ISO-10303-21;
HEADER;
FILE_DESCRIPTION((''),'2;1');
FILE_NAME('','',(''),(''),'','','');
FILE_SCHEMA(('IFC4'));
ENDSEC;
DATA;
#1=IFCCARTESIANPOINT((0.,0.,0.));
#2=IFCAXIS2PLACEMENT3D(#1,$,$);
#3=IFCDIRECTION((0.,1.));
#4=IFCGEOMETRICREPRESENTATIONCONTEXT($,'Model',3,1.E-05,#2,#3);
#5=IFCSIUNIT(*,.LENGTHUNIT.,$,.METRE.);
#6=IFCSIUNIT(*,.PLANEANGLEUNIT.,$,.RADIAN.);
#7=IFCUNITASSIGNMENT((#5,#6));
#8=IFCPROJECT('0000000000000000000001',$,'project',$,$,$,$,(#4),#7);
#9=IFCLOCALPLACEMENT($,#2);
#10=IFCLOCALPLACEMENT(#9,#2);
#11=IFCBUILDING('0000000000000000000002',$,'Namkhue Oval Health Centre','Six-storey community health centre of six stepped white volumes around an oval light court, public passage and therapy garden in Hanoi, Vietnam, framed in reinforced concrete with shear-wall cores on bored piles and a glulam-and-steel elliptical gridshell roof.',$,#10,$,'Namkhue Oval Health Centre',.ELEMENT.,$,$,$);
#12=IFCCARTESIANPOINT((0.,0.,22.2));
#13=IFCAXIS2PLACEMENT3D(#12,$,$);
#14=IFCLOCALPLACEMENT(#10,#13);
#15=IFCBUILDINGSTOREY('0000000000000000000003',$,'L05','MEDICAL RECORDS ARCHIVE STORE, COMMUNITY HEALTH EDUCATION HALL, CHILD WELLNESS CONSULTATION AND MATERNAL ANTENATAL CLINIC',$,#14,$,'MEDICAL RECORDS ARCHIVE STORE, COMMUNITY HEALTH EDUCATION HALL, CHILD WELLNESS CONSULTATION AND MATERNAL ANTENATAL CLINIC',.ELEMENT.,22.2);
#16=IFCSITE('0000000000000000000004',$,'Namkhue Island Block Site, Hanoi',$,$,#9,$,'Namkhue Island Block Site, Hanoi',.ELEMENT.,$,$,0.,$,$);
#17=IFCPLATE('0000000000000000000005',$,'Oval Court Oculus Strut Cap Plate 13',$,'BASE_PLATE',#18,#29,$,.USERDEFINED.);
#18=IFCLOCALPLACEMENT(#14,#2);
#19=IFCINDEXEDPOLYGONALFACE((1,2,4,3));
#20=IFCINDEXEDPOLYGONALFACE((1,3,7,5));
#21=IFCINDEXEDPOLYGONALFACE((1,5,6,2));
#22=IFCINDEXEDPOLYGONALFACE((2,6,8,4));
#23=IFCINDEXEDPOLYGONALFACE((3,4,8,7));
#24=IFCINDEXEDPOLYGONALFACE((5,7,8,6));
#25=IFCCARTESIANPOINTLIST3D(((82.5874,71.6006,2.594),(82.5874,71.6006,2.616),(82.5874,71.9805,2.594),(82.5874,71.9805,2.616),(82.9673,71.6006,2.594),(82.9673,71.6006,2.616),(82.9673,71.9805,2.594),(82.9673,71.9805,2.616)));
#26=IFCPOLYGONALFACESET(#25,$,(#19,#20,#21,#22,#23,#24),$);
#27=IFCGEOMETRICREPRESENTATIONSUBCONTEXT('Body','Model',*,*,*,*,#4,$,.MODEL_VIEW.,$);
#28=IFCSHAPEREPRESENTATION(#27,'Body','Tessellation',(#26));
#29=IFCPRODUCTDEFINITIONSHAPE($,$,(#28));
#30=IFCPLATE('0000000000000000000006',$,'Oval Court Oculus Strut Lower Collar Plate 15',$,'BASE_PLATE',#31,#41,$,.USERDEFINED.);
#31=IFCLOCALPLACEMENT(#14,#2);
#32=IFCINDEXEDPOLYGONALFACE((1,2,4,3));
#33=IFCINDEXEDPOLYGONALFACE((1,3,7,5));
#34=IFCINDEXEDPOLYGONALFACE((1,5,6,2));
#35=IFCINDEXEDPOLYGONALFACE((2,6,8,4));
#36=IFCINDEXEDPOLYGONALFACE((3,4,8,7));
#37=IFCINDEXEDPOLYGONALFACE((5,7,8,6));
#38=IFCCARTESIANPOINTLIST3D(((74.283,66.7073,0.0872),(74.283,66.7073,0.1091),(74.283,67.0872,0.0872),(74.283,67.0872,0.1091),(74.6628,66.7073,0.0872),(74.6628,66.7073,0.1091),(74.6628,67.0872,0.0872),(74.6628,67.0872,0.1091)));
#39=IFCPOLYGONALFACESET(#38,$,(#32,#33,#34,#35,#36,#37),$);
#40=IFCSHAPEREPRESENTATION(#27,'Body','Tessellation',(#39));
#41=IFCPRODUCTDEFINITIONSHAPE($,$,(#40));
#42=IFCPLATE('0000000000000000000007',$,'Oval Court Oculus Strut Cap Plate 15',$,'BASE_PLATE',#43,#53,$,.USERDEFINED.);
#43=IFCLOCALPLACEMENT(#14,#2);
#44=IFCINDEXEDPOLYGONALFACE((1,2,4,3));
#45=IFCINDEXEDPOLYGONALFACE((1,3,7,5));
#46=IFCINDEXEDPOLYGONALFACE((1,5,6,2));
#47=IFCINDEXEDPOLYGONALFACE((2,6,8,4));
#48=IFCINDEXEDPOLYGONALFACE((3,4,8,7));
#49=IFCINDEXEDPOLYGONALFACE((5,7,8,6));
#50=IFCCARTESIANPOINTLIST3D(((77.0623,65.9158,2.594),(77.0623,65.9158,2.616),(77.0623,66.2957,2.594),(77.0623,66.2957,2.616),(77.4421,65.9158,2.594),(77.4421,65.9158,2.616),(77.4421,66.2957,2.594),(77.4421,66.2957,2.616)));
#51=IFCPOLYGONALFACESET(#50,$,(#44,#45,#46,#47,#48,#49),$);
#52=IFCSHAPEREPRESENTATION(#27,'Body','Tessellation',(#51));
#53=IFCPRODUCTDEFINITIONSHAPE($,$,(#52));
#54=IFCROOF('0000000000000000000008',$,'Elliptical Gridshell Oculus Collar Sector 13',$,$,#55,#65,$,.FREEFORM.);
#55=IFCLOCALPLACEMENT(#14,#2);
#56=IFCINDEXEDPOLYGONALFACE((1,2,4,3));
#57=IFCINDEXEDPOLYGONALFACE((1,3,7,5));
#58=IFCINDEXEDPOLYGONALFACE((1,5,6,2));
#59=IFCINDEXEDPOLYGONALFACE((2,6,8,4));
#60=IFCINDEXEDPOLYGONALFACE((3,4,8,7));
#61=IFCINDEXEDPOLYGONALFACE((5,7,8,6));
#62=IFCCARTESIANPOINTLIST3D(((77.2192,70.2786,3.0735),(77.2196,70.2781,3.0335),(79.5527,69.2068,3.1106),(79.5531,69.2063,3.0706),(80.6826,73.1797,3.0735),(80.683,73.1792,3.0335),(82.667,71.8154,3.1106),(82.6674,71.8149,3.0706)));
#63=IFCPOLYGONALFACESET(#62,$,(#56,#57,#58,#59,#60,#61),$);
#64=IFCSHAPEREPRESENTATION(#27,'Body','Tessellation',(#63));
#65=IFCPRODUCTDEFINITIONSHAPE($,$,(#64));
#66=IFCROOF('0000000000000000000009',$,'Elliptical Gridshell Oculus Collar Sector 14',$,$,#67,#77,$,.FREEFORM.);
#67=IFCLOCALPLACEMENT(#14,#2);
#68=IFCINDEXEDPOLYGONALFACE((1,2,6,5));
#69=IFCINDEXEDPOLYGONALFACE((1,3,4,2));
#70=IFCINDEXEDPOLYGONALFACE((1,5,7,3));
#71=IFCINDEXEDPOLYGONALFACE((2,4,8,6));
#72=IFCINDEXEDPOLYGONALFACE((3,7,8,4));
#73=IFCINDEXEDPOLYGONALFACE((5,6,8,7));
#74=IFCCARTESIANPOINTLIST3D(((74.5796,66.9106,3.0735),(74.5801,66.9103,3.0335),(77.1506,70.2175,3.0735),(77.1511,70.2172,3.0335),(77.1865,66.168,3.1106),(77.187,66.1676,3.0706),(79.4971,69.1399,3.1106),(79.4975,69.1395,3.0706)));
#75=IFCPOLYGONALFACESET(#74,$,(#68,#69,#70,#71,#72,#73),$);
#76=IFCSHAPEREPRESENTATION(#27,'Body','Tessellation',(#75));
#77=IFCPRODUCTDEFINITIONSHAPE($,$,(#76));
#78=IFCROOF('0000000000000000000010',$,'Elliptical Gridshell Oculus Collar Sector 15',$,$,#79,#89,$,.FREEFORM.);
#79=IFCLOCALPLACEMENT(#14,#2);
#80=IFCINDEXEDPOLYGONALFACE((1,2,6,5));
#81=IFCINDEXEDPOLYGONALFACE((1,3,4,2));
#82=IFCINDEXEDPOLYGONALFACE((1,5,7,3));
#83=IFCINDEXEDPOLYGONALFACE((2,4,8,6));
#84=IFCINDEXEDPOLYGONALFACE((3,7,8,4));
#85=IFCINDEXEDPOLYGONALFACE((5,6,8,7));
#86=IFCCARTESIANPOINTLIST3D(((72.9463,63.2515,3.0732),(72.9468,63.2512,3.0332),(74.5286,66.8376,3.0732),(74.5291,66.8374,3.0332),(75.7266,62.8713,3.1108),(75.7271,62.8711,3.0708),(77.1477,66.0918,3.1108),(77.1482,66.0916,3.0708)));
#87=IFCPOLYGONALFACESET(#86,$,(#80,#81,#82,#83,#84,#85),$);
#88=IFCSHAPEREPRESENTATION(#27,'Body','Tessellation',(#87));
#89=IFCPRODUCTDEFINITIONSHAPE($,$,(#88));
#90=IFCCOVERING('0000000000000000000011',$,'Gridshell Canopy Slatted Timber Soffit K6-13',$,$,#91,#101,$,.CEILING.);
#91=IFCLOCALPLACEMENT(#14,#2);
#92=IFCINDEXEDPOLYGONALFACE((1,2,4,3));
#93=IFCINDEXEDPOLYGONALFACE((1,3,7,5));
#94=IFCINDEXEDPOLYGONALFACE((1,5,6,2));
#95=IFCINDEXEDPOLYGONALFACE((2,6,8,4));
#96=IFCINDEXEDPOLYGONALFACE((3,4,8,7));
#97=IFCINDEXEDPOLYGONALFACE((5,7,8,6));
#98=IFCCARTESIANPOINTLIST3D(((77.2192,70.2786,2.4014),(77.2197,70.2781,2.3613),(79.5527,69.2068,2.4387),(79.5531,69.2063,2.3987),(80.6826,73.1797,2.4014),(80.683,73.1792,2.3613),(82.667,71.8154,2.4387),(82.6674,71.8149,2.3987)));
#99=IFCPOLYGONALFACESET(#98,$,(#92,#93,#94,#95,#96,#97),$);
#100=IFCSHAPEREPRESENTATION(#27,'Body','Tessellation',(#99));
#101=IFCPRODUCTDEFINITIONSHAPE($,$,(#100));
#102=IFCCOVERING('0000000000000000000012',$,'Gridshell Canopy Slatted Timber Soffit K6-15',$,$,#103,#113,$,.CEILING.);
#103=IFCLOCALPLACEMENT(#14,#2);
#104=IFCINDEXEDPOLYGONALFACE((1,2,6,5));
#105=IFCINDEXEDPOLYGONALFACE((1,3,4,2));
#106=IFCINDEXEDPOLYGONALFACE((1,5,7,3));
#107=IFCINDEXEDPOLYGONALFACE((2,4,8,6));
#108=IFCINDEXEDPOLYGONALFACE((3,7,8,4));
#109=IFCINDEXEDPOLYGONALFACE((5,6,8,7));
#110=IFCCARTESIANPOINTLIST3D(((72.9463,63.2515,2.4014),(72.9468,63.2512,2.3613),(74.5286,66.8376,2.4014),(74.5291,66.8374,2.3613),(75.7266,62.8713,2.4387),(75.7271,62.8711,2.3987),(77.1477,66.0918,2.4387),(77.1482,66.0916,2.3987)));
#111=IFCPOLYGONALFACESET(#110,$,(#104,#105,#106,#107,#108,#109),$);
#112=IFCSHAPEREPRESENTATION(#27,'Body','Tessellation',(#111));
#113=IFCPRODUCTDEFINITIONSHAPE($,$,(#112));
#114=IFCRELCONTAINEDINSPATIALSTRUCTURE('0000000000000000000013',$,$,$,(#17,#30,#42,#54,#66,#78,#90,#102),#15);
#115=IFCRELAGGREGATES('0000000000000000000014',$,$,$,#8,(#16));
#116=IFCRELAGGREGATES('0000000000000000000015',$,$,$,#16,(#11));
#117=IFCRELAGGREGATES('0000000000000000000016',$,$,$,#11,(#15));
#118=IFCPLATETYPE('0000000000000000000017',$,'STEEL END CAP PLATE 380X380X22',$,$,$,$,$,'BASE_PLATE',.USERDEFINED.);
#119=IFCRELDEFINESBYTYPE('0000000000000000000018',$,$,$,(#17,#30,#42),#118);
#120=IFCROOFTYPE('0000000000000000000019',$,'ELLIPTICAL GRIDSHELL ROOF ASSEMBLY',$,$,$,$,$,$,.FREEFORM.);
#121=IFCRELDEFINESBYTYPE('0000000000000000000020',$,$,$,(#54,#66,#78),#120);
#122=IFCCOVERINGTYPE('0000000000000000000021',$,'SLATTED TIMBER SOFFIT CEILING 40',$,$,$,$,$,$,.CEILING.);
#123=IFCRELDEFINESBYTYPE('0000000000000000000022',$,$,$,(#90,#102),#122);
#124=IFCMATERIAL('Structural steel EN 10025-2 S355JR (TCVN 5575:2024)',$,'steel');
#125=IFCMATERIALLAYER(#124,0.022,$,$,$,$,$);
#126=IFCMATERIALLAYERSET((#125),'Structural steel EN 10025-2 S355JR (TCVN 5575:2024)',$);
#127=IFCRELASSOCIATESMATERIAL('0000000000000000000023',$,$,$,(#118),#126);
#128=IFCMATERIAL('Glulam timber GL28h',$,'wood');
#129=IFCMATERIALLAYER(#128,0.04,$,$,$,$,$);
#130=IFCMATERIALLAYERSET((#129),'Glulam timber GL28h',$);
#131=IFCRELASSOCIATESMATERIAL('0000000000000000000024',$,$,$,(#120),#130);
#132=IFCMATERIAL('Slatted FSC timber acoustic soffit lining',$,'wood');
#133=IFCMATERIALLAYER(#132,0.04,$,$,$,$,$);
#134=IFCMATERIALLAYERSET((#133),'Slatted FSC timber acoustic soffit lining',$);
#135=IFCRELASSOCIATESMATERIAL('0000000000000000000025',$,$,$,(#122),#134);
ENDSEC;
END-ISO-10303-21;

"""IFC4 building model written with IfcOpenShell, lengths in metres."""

from ifc_helpers import new_model, si_unit, direction, frame, origin, origin_2d, place, context, subcontext, project, spatial, polyline, rectangle, outline, extrude, material, layer, layer_set, type_object, element, save


model = new_model("IFC4")

# Units and contexts
model_context = context("Model", 3, precision=1e-05, world=origin(), true_north=direction((0.0, 1.0)))
body_context = subcontext(model_context, "Body", "Model", "MODEL_VIEW")
ifc_project = project(units=[si_unit("LENGTHUNIT", "METRE"), si_unit("PLANEANGLEUNIT", "RADIAN")], contexts=[model_context])

# Site, building, storey
site_placement = place(None, origin())
site = spatial("IfcSite", under=ifc_project, at=site_placement, Name="Namkhue Island Block Site, Hanoi", LongName="Namkhue Island Block Site, Hanoi", CompositionType="ELEMENT", RefElevation=0.0)
building_placement = place(site_placement, origin())
building = spatial("IfcBuilding", under=site, at=building_placement, Name="Namkhue Oval Health Centre", Description="Six-storey community health centre of six stepped white volumes around an oval light court, public passage and therapy garden in Hanoi, Vietnam, framed in reinforced concrete with shear-wall cores on bored piles and a glulam-and-steel elliptical gridshell roof.", LongName="Namkhue Oval Health Centre", CompositionType="ELEMENT")
storey_placement = place(building_placement, frame((0.0, 0.0, 22.2)))
storey = spatial("IfcBuildingStorey", under=building, at=storey_placement, Name="L05", Description="MEDICAL RECORDS ARCHIVE STORE, COMMUNITY HEALTH EDUCATION HALL, CHILD WELLNESS CONSULTATION AND MATERNAL ANTENATAL CLINIC", LongName="MEDICAL RECORDS ARCHIVE STORE, COMMUNITY HEALTH EDUCATION HALL, CHILD WELLNESS CONSULTATION AND MATERNAL ANTENATAL CLINIC", CompositionType="ELEMENT", Elevation=22.2)

# Shared definitions
ifc_material_1 = material(Name="Structural steel EN 10025-2 S355JR (TCVN 5575:2024)", Category="steel")
ifc_material_2 = material(Name="Glulam timber GL28h", Category="wood")

# Plates
ifc_layer_1 = layer(ifc_material_1, 0.022)
ifc_layer_set_1 = layer_set([ifc_layer_1], Name="Structural steel EN 10025-2 S355JR (TCVN 5575:2024)")
plate_type_1 = type_object("IfcPlateType", Name="STEEL END CAP PLATE 380X380X22", ElementType="BASE_PLATE", PredefinedType="USERDEFINED", material=ifc_layer_set_1)
for number, where, z_axis, x_axis, name in (
    (1, (82.7773, 71.7905, 2.594), (0.0, 0.0, 1.0), (1.0, 0.0, 0.0), "Oval Court Oculus Strut Cap Plate 13"),
    (2, (74.4729, 66.8972, 0.0872), (0.0, 0.0, 1.0), (1.0, 0.0, 0.0), "Oval Court Oculus Strut Lower Collar Plate 15"),
    (3, (77.2522, 66.1057, 2.594), (0.0, 0.0, 1.0), (1.0, 0.0, 0.0), "Oval Court Oculus Strut Cap Plate 15"),
):
    element("IfcPlate", number, at=place(storey_placement, frame(where, z_axis=z_axis, x_axis=x_axis)), inside=storey, type_object=plate_type_1, Name=name, ObjectType="BASE_PLATE", PredefinedType="USERDEFINED", context=body_context, shape_type="SweptSolid", body=[
        extrude(rectangle(XDim=0.3799, YDim=0.3799, at=origin_2d()), origin(), (0.0, 0.0, 1.0), 0.022),
    ])

# Roofs
ifc_layer_2 = layer(ifc_material_2, 0.04)
ifc_layer_set_2 = layer_set([ifc_layer_2], Name="Glulam timber GL28h")
roof_type = type_object("IfcRoofType", Name="ELLIPTICAL GRIDSHELL ROOF ASSEMBLY", PredefinedType="FREEFORM", material=ifc_layer_set_2)
roof_1_placement = place(storey_placement, frame((80.6826, 73.1797, 3.0735), z_axis=(-0.01027, 0.01226, 0.999872), x_axis=(-0.766589, -0.642138, 0.0)))
element("IfcRoof", 4, at=roof_1_placement, inside=storey, type_object=roof_type, Name="Elliptical Gridshell Oculus Collar Sector 13", PredefinedType="FREEFORM", context=body_context, shape_type="SweptSolid", body=[
    extrude(outline(polyline([(0.0, 0.0), (4.5179, 0.0), (3.4173, 2.3203), (-0.6452, 2.3204), (0.0, 0.0)])), origin(), (0.0, 0.0, -1.0), 0.04),
])
roof_2_placement = place(storey_placement, frame((77.1506, 70.2175, 3.0735), z_axis=(-0.011653, 0.00906, 0.999891), x_axis=(-0.613795, -0.789465, 0.0)))
element("IfcRoof", 5, at=roof_2_placement, inside=storey, type_object=roof_type, Name="Elliptical Gridshell Oculus Collar Sector 14", PredefinedType="FREEFORM", context=body_context, shape_type="SweptSolid", body=[
    extrude(outline(polyline([(0.0, 0.0), (4.1888, 0.0), (3.175, 2.5142), (-0.5895, 2.5142), (0.0, 0.0)])), origin(), (0.0, 0.0, -1.0), 0.04),
])
roof_3_placement = place(storey_placement, frame((74.5286, 66.8376, 3.0732), z_axis=(-0.012752, 0.005627, 0.999903), x_axis=(-0.403669, -0.914905, 0.0)))
element("IfcRoof", 6, at=roof_3_placement, inside=storey, type_object=roof_type, Name="Elliptical Gridshell Oculus Collar Sector 15", PredefinedType="FREEFORM", context=body_context, shape_type="SweptSolid", body=[
    extrude(outline(polyline([(0.0, 0.0), (3.9197, 0.0), (3.1452, 2.6974), (-0.3749, 2.6976), (0.0, 0.0)])), origin(), (0.0, 0.0, -1.0), 0.04),
])

# Coverings
ifc_material_3 = material(Name="Slatted FSC timber acoustic soffit lining", Category="wood")
ifc_layer_3 = layer(ifc_material_3, 0.04)
ifc_layer_set_3 = layer_set([ifc_layer_3], Name="Slatted FSC timber acoustic soffit lining")
covering_type = type_object("IfcCoveringType", Name="SLATTED TIMBER SOFFIT CEILING 40", PredefinedType="CEILING", material=ifc_layer_set_3)
covering_1_placement = place(storey_placement, frame((80.6826, 73.1797, 2.4014), z_axis=(-0.010337, 0.012341, 0.99987), x_axis=(-0.766589, -0.642138, 0.0)))
element("IfcCovering", 7, at=covering_1_placement, inside=storey, type_object=covering_type, Name="Gridshell Canopy Slatted Timber Soffit K6-13", PredefinedType="CEILING", context=body_context, shape_type="SweptSolid", body=[
    extrude(outline(polyline([(0.0, 0.0), (4.5179, 0.0), (3.4173, 2.3203), (-0.6452, 2.3204), (0.0, 0.0)])), origin(), (0.0, 0.0, -1.0), 0.04),
])
covering_2_placement = place(storey_placement, frame((74.5286, 66.8376, 2.4014), z_axis=(-0.012669, 0.00559, 0.999904), x_axis=(-0.403669, -0.914905, 0.0)))
element("IfcCovering", 8, at=covering_2_placement, inside=storey, type_object=covering_type, Name="Gridshell Canopy Slatted Timber Soffit K6-15", PredefinedType="CEILING", context=body_context, shape_type="SweptSolid", body=[
    extrude(outline(polyline([(0.0, 0.0), (3.9197, 0.0), (3.1452, 2.6974), (-0.3749, 2.6976), (0.0, 0.0)])), origin(), (0.0, 0.0, -1.0), 0.04),
])

save(model, "model.ifc")
